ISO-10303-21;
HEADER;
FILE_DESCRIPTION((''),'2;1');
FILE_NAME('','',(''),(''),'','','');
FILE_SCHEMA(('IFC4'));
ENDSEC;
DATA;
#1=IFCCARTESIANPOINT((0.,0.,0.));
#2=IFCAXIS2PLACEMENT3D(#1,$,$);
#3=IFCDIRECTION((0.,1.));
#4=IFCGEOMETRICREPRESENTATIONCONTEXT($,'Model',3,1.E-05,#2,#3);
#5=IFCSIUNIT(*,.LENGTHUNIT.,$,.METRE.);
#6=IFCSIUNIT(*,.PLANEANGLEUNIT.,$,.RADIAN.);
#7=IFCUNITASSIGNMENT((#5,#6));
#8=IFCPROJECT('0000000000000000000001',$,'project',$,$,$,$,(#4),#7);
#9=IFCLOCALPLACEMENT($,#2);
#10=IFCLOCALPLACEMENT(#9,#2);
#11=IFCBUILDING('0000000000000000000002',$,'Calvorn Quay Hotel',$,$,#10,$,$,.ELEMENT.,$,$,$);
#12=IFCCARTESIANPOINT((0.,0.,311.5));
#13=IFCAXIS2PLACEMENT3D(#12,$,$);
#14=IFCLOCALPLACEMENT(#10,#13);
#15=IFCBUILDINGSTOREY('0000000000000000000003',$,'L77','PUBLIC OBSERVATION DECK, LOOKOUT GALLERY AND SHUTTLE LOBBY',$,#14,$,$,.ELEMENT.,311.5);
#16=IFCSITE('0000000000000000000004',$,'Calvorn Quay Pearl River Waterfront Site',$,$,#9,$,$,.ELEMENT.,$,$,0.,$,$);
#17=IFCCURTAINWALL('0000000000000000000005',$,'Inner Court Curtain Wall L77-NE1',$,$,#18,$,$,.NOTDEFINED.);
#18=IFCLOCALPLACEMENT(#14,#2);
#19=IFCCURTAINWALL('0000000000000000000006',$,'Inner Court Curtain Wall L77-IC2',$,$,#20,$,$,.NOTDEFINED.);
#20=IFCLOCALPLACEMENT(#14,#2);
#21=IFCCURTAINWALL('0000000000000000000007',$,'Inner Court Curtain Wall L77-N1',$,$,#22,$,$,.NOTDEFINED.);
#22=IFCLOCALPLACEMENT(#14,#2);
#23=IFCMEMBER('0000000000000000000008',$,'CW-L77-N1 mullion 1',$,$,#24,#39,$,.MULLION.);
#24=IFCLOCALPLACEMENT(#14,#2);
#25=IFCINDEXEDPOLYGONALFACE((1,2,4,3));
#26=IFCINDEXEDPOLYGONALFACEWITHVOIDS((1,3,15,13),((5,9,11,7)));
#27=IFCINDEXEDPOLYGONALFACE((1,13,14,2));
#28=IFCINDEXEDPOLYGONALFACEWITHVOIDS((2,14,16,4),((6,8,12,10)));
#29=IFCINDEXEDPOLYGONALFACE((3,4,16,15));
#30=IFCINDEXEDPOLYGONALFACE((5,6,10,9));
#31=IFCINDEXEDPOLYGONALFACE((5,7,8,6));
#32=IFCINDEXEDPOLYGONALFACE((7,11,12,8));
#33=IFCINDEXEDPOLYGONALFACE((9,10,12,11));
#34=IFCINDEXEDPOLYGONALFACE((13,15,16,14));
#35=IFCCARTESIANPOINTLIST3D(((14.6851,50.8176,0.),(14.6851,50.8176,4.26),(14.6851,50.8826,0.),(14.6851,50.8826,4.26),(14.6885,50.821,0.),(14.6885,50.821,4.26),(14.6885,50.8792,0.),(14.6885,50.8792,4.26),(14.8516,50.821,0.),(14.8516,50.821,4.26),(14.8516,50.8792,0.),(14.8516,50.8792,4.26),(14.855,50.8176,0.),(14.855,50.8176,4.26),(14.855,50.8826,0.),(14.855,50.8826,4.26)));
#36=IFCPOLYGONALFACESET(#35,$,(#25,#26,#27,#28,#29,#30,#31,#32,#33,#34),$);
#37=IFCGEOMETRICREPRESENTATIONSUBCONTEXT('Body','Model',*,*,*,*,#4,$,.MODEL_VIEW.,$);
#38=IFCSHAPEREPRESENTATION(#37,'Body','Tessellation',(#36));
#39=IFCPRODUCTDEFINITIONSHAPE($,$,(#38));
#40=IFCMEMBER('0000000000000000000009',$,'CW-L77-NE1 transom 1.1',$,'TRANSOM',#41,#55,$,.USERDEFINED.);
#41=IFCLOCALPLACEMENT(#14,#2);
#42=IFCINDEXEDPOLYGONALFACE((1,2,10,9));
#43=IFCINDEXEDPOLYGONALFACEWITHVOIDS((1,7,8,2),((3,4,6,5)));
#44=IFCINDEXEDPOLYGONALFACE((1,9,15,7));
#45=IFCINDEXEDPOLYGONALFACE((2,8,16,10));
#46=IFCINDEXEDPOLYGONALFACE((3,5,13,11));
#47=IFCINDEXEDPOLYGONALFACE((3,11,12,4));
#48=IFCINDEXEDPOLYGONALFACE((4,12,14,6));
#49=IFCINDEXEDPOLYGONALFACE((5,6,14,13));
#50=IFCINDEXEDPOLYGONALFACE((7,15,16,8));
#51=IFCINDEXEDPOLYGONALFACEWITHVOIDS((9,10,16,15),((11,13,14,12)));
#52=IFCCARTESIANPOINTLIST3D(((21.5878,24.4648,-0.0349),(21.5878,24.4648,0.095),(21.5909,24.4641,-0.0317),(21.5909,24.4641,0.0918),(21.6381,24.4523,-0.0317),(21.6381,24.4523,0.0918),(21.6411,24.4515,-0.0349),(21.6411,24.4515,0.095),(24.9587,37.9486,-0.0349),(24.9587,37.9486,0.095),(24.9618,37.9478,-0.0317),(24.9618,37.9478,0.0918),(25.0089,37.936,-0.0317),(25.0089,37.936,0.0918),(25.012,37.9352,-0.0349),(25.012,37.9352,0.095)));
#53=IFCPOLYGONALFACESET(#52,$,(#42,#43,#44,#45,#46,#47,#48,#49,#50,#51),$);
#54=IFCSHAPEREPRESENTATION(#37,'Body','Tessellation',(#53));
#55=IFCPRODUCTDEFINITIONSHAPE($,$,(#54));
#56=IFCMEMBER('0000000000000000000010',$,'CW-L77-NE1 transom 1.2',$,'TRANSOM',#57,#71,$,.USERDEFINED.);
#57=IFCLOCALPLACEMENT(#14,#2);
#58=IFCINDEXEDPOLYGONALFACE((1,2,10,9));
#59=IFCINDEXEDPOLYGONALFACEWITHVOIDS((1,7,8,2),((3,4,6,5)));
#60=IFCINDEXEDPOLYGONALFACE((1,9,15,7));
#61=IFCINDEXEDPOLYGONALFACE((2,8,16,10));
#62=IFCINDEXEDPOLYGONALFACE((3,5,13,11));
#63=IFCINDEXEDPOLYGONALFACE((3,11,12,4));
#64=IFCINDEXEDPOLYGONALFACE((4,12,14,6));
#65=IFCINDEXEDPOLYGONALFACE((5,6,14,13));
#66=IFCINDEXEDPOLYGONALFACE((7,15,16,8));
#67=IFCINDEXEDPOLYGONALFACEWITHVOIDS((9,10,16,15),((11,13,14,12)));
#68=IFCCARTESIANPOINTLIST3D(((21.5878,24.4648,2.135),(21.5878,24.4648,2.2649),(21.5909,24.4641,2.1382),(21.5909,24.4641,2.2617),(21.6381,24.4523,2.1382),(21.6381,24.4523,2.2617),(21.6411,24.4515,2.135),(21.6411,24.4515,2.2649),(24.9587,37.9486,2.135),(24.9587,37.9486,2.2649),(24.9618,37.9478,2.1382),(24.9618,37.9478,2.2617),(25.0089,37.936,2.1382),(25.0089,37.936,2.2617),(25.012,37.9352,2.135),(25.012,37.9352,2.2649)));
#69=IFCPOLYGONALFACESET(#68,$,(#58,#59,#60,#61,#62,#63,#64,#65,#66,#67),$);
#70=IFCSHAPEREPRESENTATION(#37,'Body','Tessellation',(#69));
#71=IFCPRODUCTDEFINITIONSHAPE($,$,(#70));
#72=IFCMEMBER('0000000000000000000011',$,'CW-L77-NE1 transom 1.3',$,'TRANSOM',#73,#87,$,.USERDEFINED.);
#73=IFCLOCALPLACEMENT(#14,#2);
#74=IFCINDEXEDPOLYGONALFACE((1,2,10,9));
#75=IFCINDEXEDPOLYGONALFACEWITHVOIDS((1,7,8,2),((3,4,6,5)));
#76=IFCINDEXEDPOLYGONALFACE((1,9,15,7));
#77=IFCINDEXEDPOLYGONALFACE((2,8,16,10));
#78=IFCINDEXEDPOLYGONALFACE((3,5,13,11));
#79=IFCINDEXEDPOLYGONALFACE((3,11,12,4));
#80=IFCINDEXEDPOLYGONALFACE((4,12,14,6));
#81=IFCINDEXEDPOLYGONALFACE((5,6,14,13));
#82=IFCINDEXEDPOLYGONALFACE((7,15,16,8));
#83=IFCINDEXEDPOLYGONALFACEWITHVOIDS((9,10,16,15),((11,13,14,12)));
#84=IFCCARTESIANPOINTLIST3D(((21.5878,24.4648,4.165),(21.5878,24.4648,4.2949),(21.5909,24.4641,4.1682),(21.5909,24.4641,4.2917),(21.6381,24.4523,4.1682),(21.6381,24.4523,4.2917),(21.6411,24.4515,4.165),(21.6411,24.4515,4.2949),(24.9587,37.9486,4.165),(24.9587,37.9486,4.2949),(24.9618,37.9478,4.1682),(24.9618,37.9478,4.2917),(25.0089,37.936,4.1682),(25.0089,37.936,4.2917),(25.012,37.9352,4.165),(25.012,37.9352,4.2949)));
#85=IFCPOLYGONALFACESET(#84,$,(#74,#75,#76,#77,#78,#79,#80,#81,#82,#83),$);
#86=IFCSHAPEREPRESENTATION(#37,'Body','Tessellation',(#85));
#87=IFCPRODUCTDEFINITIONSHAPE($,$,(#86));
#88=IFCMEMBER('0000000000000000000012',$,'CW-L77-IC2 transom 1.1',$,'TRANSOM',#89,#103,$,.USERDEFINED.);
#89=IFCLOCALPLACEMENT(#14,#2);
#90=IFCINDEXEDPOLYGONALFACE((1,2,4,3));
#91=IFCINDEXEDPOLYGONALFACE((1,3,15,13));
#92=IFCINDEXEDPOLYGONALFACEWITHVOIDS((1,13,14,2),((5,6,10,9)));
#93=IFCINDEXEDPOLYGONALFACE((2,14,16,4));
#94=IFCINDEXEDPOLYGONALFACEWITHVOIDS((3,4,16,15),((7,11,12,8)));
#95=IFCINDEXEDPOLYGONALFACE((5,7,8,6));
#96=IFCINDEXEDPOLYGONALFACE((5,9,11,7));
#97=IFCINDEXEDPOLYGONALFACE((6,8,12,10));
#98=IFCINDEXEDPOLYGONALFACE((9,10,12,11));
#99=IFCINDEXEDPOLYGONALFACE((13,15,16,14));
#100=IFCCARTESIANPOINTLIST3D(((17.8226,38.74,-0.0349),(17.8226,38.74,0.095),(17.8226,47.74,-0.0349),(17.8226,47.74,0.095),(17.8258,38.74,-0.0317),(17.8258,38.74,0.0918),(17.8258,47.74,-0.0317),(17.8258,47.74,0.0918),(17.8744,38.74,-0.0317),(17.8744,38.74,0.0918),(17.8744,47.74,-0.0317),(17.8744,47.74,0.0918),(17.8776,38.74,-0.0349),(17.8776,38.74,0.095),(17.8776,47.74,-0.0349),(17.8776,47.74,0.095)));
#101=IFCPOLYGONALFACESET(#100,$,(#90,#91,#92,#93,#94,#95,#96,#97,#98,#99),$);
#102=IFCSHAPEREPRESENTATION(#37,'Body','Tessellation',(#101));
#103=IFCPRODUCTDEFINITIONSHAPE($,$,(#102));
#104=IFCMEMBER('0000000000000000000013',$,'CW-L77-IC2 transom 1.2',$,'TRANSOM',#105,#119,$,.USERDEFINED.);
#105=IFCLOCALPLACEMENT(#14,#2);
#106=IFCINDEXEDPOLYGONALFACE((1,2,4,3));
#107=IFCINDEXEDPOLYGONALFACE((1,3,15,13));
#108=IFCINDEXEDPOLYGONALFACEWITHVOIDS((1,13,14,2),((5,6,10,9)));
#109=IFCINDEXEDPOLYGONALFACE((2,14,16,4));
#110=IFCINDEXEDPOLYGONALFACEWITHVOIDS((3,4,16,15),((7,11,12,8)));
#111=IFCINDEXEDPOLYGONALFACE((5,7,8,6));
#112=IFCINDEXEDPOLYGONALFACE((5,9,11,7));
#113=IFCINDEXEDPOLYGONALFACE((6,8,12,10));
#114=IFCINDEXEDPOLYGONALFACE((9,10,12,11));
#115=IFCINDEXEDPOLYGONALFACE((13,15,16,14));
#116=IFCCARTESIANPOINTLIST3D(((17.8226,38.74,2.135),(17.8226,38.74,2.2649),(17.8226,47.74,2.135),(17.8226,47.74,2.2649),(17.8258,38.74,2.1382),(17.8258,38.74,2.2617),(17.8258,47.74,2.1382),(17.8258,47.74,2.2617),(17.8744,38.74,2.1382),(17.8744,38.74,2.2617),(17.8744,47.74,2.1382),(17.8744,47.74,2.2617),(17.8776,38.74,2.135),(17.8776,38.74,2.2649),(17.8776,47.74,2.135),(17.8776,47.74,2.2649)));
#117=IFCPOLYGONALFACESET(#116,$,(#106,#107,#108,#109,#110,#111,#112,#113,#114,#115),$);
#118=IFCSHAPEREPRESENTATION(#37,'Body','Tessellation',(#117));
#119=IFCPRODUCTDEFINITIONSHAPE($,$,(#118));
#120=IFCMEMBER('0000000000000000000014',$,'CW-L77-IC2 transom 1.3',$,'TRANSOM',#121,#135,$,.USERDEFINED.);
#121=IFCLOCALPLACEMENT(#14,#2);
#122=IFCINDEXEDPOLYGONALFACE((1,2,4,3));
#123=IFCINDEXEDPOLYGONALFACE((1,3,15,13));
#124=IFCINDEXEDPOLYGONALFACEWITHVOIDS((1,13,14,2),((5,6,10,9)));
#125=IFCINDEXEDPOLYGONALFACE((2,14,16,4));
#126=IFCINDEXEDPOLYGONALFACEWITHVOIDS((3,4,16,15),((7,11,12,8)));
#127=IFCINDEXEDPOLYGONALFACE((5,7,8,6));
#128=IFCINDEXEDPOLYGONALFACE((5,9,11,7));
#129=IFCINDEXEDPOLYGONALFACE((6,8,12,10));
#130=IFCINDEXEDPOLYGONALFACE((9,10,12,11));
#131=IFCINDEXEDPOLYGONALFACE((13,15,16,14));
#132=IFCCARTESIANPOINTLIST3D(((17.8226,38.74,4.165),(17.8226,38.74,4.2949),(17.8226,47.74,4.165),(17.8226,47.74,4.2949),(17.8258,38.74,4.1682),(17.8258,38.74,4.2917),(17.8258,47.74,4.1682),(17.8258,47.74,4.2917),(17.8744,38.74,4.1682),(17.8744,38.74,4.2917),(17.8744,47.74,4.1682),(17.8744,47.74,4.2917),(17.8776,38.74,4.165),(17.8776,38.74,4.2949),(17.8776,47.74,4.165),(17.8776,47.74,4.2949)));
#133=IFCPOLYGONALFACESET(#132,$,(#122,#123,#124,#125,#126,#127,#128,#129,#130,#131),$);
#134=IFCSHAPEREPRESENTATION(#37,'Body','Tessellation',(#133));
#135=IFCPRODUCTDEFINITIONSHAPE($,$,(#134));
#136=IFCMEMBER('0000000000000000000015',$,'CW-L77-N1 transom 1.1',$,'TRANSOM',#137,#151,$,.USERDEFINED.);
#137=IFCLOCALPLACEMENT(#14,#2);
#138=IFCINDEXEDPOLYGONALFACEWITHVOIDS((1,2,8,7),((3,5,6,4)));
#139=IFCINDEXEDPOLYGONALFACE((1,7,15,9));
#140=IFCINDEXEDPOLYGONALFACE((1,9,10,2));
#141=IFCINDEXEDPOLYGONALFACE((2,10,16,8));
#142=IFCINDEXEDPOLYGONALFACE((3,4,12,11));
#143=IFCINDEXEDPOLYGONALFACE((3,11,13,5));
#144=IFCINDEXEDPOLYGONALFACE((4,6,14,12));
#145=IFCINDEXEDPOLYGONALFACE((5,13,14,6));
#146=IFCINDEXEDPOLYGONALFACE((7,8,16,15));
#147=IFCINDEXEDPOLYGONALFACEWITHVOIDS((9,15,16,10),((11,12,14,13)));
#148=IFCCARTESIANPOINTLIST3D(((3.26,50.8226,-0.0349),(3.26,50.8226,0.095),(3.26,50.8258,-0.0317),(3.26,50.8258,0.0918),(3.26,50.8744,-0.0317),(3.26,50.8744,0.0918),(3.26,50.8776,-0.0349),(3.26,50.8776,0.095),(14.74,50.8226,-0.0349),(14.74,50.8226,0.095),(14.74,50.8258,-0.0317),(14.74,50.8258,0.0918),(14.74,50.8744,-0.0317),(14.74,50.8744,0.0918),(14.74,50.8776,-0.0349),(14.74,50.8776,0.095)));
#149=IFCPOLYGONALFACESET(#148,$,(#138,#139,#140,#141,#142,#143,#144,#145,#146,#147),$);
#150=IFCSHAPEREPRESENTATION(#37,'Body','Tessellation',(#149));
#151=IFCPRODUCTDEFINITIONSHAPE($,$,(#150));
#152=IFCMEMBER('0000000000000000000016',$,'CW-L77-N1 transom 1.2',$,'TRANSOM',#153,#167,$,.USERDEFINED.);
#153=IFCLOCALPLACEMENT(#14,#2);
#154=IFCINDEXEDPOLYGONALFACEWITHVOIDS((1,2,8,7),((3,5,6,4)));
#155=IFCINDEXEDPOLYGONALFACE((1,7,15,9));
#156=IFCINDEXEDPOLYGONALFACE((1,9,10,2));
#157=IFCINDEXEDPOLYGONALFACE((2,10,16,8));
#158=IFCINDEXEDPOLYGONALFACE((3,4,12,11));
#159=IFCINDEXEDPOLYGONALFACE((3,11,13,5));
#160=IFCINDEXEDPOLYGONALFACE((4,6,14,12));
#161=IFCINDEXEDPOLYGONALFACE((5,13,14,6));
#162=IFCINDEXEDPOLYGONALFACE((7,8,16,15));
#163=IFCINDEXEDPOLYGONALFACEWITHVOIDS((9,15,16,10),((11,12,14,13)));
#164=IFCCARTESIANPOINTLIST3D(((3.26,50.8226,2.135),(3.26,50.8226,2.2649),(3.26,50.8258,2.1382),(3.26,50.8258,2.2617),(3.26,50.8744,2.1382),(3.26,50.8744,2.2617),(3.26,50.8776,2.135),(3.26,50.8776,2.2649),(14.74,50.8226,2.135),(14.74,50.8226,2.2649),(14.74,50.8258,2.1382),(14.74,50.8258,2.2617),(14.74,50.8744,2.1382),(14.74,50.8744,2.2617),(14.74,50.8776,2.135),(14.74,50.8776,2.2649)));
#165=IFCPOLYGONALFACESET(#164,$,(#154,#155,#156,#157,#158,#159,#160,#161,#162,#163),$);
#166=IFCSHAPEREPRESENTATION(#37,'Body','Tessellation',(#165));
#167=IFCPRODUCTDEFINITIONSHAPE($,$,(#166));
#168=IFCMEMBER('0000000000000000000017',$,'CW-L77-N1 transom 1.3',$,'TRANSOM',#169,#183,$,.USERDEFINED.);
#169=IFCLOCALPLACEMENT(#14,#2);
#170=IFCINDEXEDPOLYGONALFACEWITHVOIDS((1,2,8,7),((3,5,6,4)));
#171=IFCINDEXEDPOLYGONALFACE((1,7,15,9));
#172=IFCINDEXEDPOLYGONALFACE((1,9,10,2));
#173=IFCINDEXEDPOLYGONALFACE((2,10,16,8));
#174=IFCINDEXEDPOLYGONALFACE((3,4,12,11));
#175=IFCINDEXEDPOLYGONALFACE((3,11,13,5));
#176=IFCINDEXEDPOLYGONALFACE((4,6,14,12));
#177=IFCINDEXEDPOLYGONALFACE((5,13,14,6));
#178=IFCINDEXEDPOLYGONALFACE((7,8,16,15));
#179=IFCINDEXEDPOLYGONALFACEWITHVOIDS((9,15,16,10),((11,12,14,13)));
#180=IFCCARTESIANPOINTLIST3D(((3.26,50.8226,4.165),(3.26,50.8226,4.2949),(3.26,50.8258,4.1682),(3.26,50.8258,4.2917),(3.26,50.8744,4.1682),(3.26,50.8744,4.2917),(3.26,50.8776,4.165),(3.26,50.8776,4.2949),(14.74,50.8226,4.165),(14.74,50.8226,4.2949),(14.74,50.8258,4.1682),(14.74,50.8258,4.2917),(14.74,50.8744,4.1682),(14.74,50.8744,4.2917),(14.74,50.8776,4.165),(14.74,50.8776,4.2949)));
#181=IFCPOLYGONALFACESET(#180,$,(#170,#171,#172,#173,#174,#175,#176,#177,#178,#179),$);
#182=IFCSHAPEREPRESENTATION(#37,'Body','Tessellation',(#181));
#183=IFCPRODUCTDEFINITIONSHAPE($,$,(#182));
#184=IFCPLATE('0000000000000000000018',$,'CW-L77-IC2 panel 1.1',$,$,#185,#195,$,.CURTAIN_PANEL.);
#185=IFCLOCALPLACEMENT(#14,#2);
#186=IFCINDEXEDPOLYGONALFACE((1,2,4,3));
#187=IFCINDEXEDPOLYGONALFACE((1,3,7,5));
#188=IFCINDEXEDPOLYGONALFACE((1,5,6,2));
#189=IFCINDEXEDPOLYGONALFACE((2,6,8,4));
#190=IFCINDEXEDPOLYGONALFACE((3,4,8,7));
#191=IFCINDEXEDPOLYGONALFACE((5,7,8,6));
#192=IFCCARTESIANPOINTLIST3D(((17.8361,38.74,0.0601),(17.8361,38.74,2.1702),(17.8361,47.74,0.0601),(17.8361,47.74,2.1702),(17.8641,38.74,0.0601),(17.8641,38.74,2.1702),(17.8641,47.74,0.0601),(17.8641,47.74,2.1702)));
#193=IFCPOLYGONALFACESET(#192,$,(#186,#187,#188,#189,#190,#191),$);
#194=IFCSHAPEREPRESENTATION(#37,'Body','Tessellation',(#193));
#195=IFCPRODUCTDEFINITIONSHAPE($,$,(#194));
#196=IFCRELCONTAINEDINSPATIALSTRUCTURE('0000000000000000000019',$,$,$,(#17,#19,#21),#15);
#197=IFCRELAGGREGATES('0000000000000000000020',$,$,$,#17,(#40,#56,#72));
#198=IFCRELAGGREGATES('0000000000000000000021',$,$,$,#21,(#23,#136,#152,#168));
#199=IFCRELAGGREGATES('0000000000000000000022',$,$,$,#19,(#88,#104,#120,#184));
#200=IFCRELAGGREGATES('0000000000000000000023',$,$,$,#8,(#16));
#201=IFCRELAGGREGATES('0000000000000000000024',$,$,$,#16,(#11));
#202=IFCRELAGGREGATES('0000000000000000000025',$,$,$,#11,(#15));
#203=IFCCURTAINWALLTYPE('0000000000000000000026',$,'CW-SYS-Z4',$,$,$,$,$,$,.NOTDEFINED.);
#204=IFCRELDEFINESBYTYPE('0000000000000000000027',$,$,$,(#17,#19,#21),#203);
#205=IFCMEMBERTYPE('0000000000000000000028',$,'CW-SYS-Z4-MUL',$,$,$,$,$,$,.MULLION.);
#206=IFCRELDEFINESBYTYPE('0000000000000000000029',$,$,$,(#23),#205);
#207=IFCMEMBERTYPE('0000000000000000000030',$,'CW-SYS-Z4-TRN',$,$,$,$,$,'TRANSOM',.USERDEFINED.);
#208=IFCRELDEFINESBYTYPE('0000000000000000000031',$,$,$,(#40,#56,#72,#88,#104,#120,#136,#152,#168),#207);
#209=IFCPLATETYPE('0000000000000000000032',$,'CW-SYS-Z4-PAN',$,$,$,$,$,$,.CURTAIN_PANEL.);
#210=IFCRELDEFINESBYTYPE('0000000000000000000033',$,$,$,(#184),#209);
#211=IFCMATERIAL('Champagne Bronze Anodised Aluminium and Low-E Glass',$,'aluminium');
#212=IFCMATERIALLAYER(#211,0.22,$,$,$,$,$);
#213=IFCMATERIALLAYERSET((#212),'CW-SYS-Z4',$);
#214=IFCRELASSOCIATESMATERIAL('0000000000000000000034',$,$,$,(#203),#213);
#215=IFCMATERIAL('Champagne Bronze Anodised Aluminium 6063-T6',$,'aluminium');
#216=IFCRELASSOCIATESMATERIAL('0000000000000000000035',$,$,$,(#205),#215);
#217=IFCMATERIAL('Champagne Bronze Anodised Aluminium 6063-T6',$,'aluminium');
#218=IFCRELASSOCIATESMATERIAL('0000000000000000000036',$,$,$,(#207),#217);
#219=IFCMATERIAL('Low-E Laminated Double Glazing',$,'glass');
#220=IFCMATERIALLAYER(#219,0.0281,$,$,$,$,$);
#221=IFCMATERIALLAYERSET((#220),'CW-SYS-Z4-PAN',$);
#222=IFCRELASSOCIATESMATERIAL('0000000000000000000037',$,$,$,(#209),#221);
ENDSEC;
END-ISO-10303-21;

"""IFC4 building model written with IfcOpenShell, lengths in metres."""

from ifc_helpers import new_model, si_unit, direction, frame, origin, origin_2d, place, context, subcontext, project, spatial, rectangle, hollow_rectangle, extrude, material, layer, layer_set, material_profile, profile_set, type_object, element, aggregate, save


model = new_model("IFC4")

# Units and contexts
model_context = context("Model", 3, precision=1e-05, world=origin(), true_north=direction((0.0, 1.0)))
body_context = subcontext(model_context, "Body", "Model", "MODEL_VIEW")
ifc_project = project(units=[si_unit("LENGTHUNIT", "METRE"), si_unit("PLANEANGLEUNIT", "RADIAN")], contexts=[model_context])

# Site, building, storey
site_placement = place(None, origin())
site = spatial("IfcSite", under=ifc_project, at=site_placement, Name="Calvorn Quay Pearl River Waterfront Site", CompositionType="ELEMENT", RefElevation=0.0)
building_placement = place(site_placement, origin())
building = spatial("IfcBuilding", under=site, at=building_placement, Name="Calvorn Quay Hotel", CompositionType="ELEMENT")
storey_placement = place(building_placement, frame((0.0, 0.0, 311.5)))
storey = spatial("IfcBuildingStorey", under=building, at=storey_placement, Name="L77", Description="PUBLIC OBSERVATION DECK, LOOKOUT GALLERY AND SHUTTLE LOBBY", CompositionType="ELEMENT", Elevation=311.5)

# Curtain wall
ifc_material_1 = material(Name="Champagne Bronze Anodised Aluminium and Low-E Glass", Category="aluminium")
ifc_layer_1 = layer(ifc_material_1, 0.22)
ifc_layer_set_1 = layer_set([ifc_layer_1], Name="CW-SYS-Z4")
curtain_wall_type = type_object("IfcCurtainWallType", Name="CW-SYS-Z4", PredefinedType="NOTDEFINED", material=ifc_layer_set_1)
curtain_wall_1_placement = place(storey_placement, origin())
curtain_wall_1 = element("IfcCurtainWall", 1, at=curtain_wall_1_placement, inside=storey, type_object=curtain_wall_type, Name="Inner Court Curtain Wall L77-NE1", PredefinedType="NOTDEFINED")
ifc_material_2 = material(Name="Champagne Bronze Anodised Aluminium 6063-T6", Category="aluminium")
ifc_material_profile_1 = material_profile(ifc_material_2, hollow_rectangle(XDim=0.0649, YDim=0.1699, WallThickness=0.0034, at=origin_2d()), Name="ALU-M170x65x3.5")
ifc_profile_set_1 = profile_set([ifc_material_profile_1], Name="Champagne Bronze Anodised Aluminium 6063-T6")
member_type_1 = type_object("IfcMemberType", Name="CW-SYS-Z4-MUL", PredefinedType="MULLION", material=ifc_profile_set_1)

# Curtain wall
curtain_wall_2_placement = place(storey_placement, origin())
curtain_wall_2 = element("IfcCurtainWall", 2, at=curtain_wall_2_placement, inside=storey, type_object=curtain_wall_type, Name="Inner Court Curtain Wall L77-IC2", PredefinedType="NOTDEFINED")

# Curtain wall, member
curtain_wall_3_placement = place(storey_placement, origin())
curtain_wall_3 = element("IfcCurtainWall", 3, at=curtain_wall_3_placement, inside=storey, type_object=curtain_wall_type, Name="Inner Court Curtain Wall L77-N1", PredefinedType="NOTDEFINED")
member_1_placement = place(storey_placement, frame((14.77, 50.8501, 0.0), z_axis=(0.0, 0.0, 1.0), x_axis=(0.0, -1.0, 0.0)))
member_1 = element("IfcMember", 4, at=member_1_placement, type_object=member_type_1, Name="CW-L77-N1 mullion 1", PredefinedType="MULLION", context=body_context, shape_type="SweptSolid", body=[
    extrude(hollow_rectangle(XDim=0.0649, YDim=0.1699, WallThickness=0.0034, at=origin_2d()), origin(), (0.0, 0.0, 1.0), 4.26),
])

# Members
ifc_material_3 = material(Name="Champagne Bronze Anodised Aluminium 6063-T6", Category="aluminium")
ifc_material_profile_2 = material_profile(ifc_material_3, hollow_rectangle(XDim=0.0549, YDim=0.1299, WallThickness=0.0032, at=origin_2d()), Name="ALU-T130x55x3.2")
ifc_profile_set_2 = profile_set([ifc_material_profile_2], Name="Champagne Bronze Anodised Aluminium 6063-T6")
member_type_2 = type_object("IfcMemberType", Name="CW-SYS-Z4-TRN", ElementType="TRANSOM", PredefinedType="USERDEFINED", material=ifc_profile_set_2)
member_2_placement = place(storey_placement, frame((24.9854, 37.9419, 0.03), z_axis=(-0.242531, -0.970144, 0.0), x_axis=(0.970144, -0.242531, 0.0)))
member_2 = element("IfcMember", 5, at=member_2_placement, type_object=member_type_2, Name="CW-L77-NE1 transom 1.1", ObjectType="TRANSOM", PredefinedType="USERDEFINED", context=body_context, shape_type="SweptSolid", body=[
    extrude(hollow_rectangle(XDim=0.0549, YDim=0.1299, WallThickness=0.0032, at=origin_2d()), origin(), (0.0, 0.0, 1.0), 13.8987),
])
member_3_placement = place(storey_placement, frame((24.9854, 37.9419, 2.2), z_axis=(-0.242531, -0.970144, 0.0), x_axis=(0.970144, -0.242531, 0.0)))
member_3 = element("IfcMember", 6, at=member_3_placement, type_object=member_type_2, Name="CW-L77-NE1 transom 1.2", ObjectType="TRANSOM", PredefinedType="USERDEFINED", context=body_context, shape_type="SweptSolid", body=[
    extrude(hollow_rectangle(XDim=0.0549, YDim=0.1299, WallThickness=0.0032, at=origin_2d()), origin(), (0.0, 0.0, 1.0), 13.8987),
])
member_4_placement = place(storey_placement, frame((24.9854, 37.9419, 4.23), z_axis=(-0.242531, -0.970144, 0.0), x_axis=(0.970144, -0.242531, 0.0)))
member_4 = element("IfcMember", 7, at=member_4_placement, type_object=member_type_2, Name="CW-L77-NE1 transom 1.3", ObjectType="TRANSOM", PredefinedType="USERDEFINED", context=body_context, shape_type="SweptSolid", body=[
    extrude(hollow_rectangle(XDim=0.0549, YDim=0.1299, WallThickness=0.0032, at=origin_2d()), origin(), (0.0, 0.0, 1.0), 13.8987),
])
aggregate(curtain_wall_1, [member_2, member_3, member_4])
member_5_placement = place(storey_placement, frame((17.8501, 38.74, 0.03), z_axis=(0.0, 1.0, 0.0), x_axis=(-1.0, 0.0, 0.0)))
member_5 = element("IfcMember", 8, at=member_5_placement, type_object=member_type_2, Name="CW-L77-IC2 transom 1.1", ObjectType="TRANSOM", PredefinedType="USERDEFINED", context=body_context, shape_type="SweptSolid", body=[
    extrude(hollow_rectangle(XDim=0.0549, YDim=0.1299, WallThickness=0.0032, at=origin_2d()), origin(), (0.0, 0.0, 1.0), 9.0),
])
member_6_placement = place(storey_placement, frame((17.8501, 38.74, 2.2), z_axis=(0.0, 1.0, 0.0), x_axis=(-1.0, 0.0, 0.0)))
member_6 = element("IfcMember", 9, at=member_6_placement, type_object=member_type_2, Name="CW-L77-IC2 transom 1.2", ObjectType="TRANSOM", PredefinedType="USERDEFINED", context=body_context, shape_type="SweptSolid", body=[
    extrude(hollow_rectangle(XDim=0.0549, YDim=0.1299, WallThickness=0.0032, at=origin_2d()), origin(), (0.0, 0.0, 1.0), 9.0),
])
member_7_placement = place(storey_placement, frame((17.8501, 38.74, 4.23), z_axis=(0.0, 1.0, 0.0), x_axis=(-1.0, 0.0, 0.0)))
member_7 = element("IfcMember", 10, at=member_7_placement, type_object=member_type_2, Name="CW-L77-IC2 transom 1.3", ObjectType="TRANSOM", PredefinedType="USERDEFINED", context=body_context, shape_type="SweptSolid", body=[
    extrude(hollow_rectangle(XDim=0.0549, YDim=0.1299, WallThickness=0.0032, at=origin_2d()), origin(), (0.0, 0.0, 1.0), 9.0),
])
member_8_placement = place(storey_placement, frame((14.74, 50.8501, 0.03), z_axis=(-1.0, 0.0, 0.0), x_axis=(0.0, -1.0, 0.0)))
member_8 = element("IfcMember", 11, at=member_8_placement, type_object=member_type_2, Name="CW-L77-N1 transom 1.1", ObjectType="TRANSOM", PredefinedType="USERDEFINED", context=body_context, shape_type="SweptSolid", body=[
    extrude(hollow_rectangle(XDim=0.0549, YDim=0.1299, WallThickness=0.0032, at=origin_2d()), origin(), (0.0, 0.0, 1.0), 11.48),
])
member_9_placement = place(storey_placement, frame((14.74, 50.8501, 2.2), z_axis=(-1.0, 0.0, 0.0), x_axis=(0.0, -1.0, 0.0)))
member_9 = element("IfcMember", 12, at=member_9_placement, type_object=member_type_2, Name="CW-L77-N1 transom 1.2", ObjectType="TRANSOM", PredefinedType="USERDEFINED", context=body_context, shape_type="SweptSolid", body=[
    extrude(hollow_rectangle(XDim=0.0549, YDim=0.1299, WallThickness=0.0032, at=origin_2d()), origin(), (0.0, 0.0, 1.0), 11.48),
])
member_10_placement = place(storey_placement, frame((14.74, 50.8501, 4.23), z_axis=(-1.0, 0.0, 0.0), x_axis=(0.0, -1.0, 0.0)))
member_10 = element("IfcMember", 13, at=member_10_placement, type_object=member_type_2, Name="CW-L77-N1 transom 1.3", ObjectType="TRANSOM", PredefinedType="USERDEFINED", context=body_context, shape_type="SweptSolid", body=[
    extrude(hollow_rectangle(XDim=0.0549, YDim=0.1299, WallThickness=0.0032, at=origin_2d()), origin(), (0.0, 0.0, 1.0), 11.48),
])
aggregate(curtain_wall_3, [member_1, member_8, member_9, member_10])

# Plate
ifc_material_4 = material(Name="Low-E Laminated Double Glazing", Category="glass")
ifc_layer_2 = layer(ifc_material_4, 0.0281)
ifc_layer_set_2 = layer_set([ifc_layer_2], Name="CW-SYS-Z4-PAN")
plate_type = type_object("IfcPlateType", Name="CW-SYS-Z4-PAN", PredefinedType="CURTAIN_PANEL", material=ifc_layer_set_2)
plate_1_placement = place(storey_placement, frame((17.8501, 43.24, 0.0601), z_axis=(0.0, 0.0, 1.0), x_axis=(0.0, 1.0, 0.0)))
plate_1 = element("IfcPlate", 14, at=plate_1_placement, type_object=plate_type, Name="CW-L77-IC2 panel 1.1", PredefinedType="CURTAIN_PANEL", context=body_context, shape_type="SweptSolid", body=[
    extrude(rectangle(XDim=9.0, YDim=0.0281, at=origin_2d()), origin(), (0.0, 0.0, 1.0), 2.1101),
])
aggregate(curtain_wall_2, [member_5, member_6, member_7, plate_1])

save(model, "model.ifc")
